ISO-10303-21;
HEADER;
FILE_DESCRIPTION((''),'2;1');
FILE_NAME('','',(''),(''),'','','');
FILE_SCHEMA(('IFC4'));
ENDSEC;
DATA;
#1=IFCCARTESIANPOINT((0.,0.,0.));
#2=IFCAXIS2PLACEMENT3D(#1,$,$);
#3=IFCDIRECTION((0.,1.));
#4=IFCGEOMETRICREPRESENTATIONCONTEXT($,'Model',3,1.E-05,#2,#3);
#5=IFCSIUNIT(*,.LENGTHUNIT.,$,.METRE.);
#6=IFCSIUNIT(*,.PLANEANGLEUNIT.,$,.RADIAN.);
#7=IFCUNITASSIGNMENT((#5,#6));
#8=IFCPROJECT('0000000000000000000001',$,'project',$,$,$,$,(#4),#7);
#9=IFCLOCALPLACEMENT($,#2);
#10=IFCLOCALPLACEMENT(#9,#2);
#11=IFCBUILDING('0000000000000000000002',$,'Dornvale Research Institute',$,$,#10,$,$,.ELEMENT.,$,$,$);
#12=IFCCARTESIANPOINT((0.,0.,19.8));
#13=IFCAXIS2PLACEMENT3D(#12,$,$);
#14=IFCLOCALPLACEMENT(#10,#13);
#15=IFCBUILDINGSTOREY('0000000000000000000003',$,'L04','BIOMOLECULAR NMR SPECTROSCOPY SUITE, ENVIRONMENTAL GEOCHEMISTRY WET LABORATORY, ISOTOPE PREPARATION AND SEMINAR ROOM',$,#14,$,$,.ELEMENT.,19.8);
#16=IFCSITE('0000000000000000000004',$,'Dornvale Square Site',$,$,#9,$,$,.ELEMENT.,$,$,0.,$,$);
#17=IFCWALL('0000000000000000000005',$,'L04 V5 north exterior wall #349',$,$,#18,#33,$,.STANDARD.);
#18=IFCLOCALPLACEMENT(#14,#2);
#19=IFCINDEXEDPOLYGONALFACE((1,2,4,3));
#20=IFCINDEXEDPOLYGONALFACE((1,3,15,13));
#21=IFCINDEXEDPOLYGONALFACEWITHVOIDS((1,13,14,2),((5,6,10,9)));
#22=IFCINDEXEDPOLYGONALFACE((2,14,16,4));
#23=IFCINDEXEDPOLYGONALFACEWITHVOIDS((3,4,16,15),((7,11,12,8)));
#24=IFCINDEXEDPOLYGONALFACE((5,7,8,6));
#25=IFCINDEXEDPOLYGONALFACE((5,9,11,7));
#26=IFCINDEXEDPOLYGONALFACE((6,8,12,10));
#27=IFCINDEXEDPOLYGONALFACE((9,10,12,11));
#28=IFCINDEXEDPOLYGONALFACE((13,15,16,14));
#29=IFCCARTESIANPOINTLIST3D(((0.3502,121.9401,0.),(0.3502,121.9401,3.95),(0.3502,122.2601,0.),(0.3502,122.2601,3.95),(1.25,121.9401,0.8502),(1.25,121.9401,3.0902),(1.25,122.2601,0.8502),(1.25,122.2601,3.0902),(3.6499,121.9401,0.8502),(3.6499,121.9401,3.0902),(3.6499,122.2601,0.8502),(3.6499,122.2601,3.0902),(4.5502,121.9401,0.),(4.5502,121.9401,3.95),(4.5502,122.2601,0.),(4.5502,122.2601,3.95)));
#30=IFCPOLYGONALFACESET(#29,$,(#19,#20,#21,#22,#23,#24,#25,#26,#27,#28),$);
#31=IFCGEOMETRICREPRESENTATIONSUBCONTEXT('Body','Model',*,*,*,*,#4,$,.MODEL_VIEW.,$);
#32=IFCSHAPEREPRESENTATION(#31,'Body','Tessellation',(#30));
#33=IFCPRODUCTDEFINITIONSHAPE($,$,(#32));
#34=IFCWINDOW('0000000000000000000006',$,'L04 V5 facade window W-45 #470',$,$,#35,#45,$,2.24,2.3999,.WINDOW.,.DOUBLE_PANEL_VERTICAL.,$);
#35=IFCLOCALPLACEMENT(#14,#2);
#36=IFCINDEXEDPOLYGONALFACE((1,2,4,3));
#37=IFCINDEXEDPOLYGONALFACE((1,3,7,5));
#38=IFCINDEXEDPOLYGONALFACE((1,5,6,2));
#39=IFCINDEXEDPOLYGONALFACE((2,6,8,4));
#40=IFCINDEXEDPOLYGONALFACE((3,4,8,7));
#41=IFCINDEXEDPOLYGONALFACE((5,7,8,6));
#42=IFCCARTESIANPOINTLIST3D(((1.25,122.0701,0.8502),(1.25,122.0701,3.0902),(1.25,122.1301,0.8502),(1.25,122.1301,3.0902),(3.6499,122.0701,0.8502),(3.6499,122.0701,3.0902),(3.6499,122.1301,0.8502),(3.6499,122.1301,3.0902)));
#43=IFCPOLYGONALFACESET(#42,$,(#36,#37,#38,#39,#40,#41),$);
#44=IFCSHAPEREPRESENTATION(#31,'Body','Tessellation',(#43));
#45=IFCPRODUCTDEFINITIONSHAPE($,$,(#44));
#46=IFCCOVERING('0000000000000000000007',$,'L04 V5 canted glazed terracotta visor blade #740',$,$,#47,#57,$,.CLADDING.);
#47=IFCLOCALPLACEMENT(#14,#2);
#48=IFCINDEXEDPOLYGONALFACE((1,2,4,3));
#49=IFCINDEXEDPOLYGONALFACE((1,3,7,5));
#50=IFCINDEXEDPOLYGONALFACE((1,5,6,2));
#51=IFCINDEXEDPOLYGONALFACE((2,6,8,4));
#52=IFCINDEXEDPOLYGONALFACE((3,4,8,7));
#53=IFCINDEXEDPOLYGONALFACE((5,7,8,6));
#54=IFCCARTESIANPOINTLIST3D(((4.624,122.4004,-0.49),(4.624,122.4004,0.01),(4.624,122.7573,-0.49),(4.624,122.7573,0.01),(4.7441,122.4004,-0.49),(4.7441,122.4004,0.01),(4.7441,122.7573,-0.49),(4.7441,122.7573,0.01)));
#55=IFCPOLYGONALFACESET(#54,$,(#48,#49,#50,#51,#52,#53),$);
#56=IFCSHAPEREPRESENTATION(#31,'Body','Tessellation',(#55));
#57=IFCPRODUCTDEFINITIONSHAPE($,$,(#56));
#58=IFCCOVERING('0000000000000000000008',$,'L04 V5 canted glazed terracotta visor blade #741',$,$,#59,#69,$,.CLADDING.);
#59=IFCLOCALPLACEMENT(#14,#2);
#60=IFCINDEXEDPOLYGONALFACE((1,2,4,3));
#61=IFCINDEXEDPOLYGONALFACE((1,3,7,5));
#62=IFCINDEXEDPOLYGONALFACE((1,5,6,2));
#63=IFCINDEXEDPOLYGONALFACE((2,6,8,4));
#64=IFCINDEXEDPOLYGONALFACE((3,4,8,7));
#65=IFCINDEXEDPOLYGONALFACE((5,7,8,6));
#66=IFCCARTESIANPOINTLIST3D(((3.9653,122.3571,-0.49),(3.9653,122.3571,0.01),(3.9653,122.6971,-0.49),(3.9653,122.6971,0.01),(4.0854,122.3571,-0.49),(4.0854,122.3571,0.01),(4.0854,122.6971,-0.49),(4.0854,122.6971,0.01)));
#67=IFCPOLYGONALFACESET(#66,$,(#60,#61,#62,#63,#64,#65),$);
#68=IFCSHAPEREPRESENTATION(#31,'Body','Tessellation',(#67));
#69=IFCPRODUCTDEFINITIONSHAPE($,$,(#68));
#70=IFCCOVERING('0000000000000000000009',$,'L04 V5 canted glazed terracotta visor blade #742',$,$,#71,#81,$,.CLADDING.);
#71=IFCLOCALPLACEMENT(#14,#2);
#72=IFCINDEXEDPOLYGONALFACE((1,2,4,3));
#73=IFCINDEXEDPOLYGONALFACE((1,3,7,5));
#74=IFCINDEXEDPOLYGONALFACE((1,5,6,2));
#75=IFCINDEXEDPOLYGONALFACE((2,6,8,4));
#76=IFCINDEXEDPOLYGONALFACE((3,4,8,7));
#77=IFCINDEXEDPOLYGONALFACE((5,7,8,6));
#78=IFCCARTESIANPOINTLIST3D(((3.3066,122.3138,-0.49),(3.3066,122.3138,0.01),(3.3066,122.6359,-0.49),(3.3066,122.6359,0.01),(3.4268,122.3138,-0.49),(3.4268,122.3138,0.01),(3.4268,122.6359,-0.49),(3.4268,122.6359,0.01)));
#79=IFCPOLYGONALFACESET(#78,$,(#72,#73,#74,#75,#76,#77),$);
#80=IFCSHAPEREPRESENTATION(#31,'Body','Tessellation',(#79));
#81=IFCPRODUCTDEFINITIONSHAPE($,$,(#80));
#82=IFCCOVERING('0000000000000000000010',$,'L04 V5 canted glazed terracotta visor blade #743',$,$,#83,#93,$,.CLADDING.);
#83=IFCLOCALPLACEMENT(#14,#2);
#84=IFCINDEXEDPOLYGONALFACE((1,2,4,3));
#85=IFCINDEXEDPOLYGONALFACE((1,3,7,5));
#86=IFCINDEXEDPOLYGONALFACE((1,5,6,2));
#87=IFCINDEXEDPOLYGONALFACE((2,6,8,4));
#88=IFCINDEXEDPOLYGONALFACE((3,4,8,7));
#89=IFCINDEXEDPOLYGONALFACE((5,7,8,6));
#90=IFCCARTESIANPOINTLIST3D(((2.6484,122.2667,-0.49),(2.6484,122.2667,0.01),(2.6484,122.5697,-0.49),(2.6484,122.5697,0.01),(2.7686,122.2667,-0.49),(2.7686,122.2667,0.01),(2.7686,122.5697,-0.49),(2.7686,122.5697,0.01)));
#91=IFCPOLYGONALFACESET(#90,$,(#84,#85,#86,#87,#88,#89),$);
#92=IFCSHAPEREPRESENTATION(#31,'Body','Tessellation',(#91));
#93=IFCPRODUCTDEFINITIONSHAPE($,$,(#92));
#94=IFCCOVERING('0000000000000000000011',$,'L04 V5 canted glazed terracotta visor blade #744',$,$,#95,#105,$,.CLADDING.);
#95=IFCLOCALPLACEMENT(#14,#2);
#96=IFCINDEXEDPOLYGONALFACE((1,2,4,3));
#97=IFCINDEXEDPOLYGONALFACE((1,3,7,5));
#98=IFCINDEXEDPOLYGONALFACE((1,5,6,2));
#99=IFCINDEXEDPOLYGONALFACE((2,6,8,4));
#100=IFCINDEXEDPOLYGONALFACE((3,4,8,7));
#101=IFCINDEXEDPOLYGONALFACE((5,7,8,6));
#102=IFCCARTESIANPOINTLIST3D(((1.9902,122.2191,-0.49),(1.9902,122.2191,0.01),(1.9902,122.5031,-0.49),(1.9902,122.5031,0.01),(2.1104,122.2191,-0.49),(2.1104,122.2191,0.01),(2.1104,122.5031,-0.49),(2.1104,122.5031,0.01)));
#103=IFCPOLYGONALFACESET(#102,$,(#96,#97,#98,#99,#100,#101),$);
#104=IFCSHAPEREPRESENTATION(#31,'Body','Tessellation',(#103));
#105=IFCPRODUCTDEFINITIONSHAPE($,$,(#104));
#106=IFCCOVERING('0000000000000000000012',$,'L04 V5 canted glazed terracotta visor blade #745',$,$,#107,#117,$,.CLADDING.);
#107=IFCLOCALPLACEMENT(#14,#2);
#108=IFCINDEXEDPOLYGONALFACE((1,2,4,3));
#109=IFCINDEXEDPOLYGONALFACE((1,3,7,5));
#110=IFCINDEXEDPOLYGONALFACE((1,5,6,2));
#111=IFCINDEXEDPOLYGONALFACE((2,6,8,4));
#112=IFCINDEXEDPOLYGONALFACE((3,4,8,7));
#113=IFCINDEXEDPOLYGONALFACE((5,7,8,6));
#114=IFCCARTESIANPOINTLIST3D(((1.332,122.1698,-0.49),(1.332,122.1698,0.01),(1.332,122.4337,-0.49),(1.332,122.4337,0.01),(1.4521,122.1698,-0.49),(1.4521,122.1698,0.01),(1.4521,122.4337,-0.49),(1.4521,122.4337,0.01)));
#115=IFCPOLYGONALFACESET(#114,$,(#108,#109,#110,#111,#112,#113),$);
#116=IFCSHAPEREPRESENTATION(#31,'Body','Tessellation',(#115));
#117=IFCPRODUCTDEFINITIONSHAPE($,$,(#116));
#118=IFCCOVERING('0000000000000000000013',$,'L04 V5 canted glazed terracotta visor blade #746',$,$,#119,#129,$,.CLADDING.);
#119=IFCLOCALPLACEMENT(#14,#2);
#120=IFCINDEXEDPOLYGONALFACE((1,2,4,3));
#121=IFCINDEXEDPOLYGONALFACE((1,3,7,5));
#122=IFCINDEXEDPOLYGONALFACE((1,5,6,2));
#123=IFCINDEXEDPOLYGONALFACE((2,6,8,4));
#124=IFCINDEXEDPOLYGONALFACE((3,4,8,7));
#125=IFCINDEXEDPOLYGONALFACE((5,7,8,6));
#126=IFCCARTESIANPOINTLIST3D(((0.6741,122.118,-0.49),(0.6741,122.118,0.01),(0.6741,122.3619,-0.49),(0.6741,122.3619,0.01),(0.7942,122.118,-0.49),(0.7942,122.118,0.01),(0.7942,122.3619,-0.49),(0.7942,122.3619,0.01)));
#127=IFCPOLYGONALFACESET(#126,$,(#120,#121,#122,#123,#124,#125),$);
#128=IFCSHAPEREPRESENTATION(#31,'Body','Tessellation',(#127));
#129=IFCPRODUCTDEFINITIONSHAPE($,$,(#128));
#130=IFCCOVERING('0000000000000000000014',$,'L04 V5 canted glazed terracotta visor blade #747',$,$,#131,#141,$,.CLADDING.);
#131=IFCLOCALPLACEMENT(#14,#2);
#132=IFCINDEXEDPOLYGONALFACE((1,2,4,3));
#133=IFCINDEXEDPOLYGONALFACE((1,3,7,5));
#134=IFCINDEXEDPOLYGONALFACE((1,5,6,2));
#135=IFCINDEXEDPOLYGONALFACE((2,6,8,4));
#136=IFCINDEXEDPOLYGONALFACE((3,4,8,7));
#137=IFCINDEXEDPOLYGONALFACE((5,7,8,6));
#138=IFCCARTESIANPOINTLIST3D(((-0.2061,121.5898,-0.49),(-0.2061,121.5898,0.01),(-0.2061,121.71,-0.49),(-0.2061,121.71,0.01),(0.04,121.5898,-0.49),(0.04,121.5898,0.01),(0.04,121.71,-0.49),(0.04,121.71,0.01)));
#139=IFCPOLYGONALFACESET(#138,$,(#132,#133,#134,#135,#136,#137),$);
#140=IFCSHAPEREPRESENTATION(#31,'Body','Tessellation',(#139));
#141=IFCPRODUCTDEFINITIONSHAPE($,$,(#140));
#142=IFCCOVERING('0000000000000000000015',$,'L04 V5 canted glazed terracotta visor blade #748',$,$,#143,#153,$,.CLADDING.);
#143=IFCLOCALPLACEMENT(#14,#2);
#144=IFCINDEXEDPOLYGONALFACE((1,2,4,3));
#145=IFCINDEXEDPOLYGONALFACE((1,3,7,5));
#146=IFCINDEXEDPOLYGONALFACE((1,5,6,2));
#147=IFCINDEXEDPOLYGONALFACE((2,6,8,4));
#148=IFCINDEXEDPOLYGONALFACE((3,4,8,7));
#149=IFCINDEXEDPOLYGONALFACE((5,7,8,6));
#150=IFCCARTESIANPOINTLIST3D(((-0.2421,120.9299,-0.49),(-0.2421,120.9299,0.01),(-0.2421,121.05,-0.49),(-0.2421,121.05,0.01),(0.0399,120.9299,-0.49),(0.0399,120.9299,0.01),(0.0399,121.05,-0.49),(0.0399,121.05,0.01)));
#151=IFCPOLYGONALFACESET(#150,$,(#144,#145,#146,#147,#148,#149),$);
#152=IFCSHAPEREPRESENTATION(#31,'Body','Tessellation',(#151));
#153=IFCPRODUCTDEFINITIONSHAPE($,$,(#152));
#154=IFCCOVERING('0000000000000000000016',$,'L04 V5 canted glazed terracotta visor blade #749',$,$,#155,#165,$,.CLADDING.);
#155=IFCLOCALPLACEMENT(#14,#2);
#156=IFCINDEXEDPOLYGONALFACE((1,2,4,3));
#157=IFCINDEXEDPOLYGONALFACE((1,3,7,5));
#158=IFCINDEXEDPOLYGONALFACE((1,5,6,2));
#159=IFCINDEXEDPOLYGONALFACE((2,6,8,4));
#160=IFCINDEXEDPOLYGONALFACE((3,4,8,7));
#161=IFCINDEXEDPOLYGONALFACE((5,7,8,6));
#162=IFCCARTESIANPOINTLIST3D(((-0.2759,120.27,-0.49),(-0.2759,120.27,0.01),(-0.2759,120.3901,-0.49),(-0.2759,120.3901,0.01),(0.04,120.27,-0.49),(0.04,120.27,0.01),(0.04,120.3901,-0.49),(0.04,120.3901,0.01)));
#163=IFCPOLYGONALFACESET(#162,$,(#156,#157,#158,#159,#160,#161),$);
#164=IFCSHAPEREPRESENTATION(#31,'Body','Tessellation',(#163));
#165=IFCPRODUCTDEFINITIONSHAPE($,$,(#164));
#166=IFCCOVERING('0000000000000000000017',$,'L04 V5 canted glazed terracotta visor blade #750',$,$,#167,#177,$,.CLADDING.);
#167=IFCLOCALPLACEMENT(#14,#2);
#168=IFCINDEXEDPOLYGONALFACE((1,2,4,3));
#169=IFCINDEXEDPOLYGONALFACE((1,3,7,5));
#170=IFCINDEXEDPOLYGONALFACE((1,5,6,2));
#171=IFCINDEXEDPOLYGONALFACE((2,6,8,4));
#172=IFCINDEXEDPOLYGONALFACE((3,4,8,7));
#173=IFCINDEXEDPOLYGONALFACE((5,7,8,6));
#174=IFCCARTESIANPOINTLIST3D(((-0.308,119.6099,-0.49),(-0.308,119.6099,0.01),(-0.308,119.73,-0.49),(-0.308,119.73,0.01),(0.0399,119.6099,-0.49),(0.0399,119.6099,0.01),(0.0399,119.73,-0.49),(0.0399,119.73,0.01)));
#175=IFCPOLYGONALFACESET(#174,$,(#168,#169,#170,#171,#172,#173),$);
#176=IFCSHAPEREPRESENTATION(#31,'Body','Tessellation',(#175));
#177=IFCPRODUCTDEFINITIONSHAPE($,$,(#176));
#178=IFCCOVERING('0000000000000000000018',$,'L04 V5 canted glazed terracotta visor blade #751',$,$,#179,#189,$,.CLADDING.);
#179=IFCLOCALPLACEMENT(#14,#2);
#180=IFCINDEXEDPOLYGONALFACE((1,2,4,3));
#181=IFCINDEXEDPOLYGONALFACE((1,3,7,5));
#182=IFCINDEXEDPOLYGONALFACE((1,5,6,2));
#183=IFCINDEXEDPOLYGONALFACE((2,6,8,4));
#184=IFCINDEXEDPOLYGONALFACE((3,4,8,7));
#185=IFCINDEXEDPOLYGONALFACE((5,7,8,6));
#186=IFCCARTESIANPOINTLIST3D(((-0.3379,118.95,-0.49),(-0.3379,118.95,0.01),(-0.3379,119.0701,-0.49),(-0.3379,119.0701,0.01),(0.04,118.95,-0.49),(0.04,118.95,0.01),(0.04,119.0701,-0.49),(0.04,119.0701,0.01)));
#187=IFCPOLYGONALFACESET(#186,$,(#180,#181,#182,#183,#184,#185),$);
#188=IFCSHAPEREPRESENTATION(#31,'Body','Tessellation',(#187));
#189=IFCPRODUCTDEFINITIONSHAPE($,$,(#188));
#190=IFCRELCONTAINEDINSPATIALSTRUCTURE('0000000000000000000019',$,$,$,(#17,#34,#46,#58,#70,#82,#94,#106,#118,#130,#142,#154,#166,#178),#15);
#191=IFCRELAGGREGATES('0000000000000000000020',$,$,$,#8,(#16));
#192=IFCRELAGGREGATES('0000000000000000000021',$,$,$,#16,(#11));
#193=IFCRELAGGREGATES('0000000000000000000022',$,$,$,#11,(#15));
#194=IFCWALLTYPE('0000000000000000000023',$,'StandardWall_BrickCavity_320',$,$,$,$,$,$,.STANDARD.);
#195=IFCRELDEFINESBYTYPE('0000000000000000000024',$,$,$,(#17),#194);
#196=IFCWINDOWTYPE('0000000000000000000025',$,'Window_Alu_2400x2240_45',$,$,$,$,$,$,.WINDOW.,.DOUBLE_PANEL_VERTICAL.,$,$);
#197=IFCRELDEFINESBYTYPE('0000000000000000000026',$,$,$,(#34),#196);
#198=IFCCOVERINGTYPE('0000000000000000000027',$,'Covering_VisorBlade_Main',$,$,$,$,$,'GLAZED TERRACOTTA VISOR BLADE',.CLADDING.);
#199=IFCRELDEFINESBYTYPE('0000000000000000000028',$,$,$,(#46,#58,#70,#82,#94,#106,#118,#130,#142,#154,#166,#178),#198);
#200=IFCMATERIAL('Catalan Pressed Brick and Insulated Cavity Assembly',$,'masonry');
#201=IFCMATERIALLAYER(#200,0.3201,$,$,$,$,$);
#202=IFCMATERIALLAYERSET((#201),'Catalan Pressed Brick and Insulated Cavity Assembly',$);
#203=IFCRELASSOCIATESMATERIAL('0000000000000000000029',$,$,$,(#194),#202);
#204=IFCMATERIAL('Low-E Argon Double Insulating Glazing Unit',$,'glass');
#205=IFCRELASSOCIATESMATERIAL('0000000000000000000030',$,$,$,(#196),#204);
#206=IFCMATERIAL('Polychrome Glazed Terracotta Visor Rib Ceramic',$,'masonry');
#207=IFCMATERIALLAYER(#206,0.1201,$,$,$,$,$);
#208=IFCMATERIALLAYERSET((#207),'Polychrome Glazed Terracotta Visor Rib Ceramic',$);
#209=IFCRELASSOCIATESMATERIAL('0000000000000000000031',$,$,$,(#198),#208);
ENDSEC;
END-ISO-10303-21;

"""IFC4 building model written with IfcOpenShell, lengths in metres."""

from ifc_helpers import new_model, si_unit, direction, frame, frame_2d, origin, origin_2d, place, context, subcontext, project, spatial, rectangle, extrude, material, layer, layer_set, type_object, element, fill, save


model = new_model("IFC4")

# Units and contexts
model_context = context("Model", 3, precision=1e-05, world=origin(), true_north=direction((0.0, 1.0)))
body_context = subcontext(model_context, "Body", "Model", "MODEL_VIEW")
ifc_project = project(units=[si_unit("LENGTHUNIT", "METRE"), si_unit("PLANEANGLEUNIT", "RADIAN")], contexts=[model_context])

# Site, building, storey
site_placement = place(None, origin())
site = spatial("IfcSite", under=ifc_project, at=site_placement, Name="Dornvale Square Site", CompositionType="ELEMENT", RefElevation=0.0)
building_placement = place(site_placement, origin())
building = spatial("IfcBuilding", under=site, at=building_placement, Name="Dornvale Research Institute", CompositionType="ELEMENT")
storey_placement = place(building_placement, frame((0.0, 0.0, 19.8)))
storey = spatial("IfcBuildingStorey", under=building, at=storey_placement, Name="L04", Description="BIOMOLECULAR NMR SPECTROSCOPY SUITE, ENVIRONMENTAL GEOCHEMISTRY WET LABORATORY, ISOTOPE PREPARATION AND SEMINAR ROOM", CompositionType="ELEMENT", Elevation=19.8)

# Wall, opening, window
ifc_material_1 = material(Name="Catalan Pressed Brick and Insulated Cavity Assembly", Category="masonry")
ifc_layer_1 = layer(ifc_material_1, 0.3201)
ifc_layer_set_1 = layer_set([ifc_layer_1], Name="Catalan Pressed Brick and Insulated Cavity Assembly")
wall_type_1 = type_object("IfcWallType", Name="StandardWall_BrickCavity_320", PredefinedType="STANDARD", material=ifc_layer_set_1)
wall_1_placement = place(storey_placement, frame((0.3501, 122.1001, 0.0), z_axis=(0.0, 0.0, 1.0), x_axis=(1.0, 0.0, 0.0)))
wall_1 = element("IfcWall", 1, at=wall_1_placement, inside=storey, type_object=wall_type_1, Name="L04 V5 north exterior wall #349", PredefinedType="STANDARD", context=body_context, shape_type="SweptSolid", body=[
    extrude(rectangle(XDim=4.2, YDim=0.3201, at=frame_2d((2.1001, 0.0))), origin(), (0.0, 0.0, 1.0), 3.95),
])
opening_1_placement = place(wall_1_placement, frame((0.8999, 0.0, 0.8501)))
opening_1 = element("IfcOpeningElement", 2, at=opening_1_placement, cuts=wall_1, PredefinedType="OPENING", context=body_context, shape_type="SweptSolid", body=[
    extrude(rectangle(XDim=2.3999, YDim=2.24, at=frame_2d((1.2, 1.1201))), frame((0.0, 0.175, 0.0), z_axis=(0.0, -1.0, 0.0), x_axis=(1.0, 0.0, 0.0)), (0.0, 0.0, 1.0), 0.3501),
])
ifc_material_2 = material(Name="Low-E Argon Double Insulating Glazing Unit", Category="glass")
window_type_1 = type_object("IfcWindowType", Name="Window_Alu_2400x2240_45", PartitioningType="DOUBLE_PANEL_VERTICAL", PredefinedType="WINDOW", material=ifc_material_2)
window_1_placement = place(opening_1_placement, origin())
window_1 = element("IfcWindow", 3, at=window_1_placement, inside=storey, type_object=window_type_1, Name="L04 V5 facade window W-45 #470", OverallHeight=2.24, OverallWidth=2.3999, PartitioningType="DOUBLE_PANEL_VERTICAL", PredefinedType="WINDOW", context=body_context, shape_type="SweptSolid", body=[
    extrude(rectangle(XDim=2.3999, YDim=2.24, at=frame_2d((1.2, 1.1201))), frame((0.0, 0.03, 0.0), z_axis=(0.0, -1.0, 0.0), x_axis=(1.0, 0.0, 0.0)), (0.0, 0.0, 1.0), 0.0601),
])
fill(opening_1, window_1)

# Coverings
ifc_material_3 = material(Name="Polychrome Glazed Terracotta Visor Rib Ceramic", Category="masonry")
ifc_layer_2 = layer(ifc_material_3, 0.1201)
ifc_layer_set_2 = layer_set([ifc_layer_2], Name="Polychrome Glazed Terracotta Visor Rib Ceramic")
covering_type = type_object("IfcCoveringType", Name="Covering_VisorBlade_Main", ElementType="GLAZED TERRACOTTA VISOR BLADE", PredefinedType="CLADDING", material=ifc_layer_set_2)
covering_1_placement = place(storey_placement, frame((4.6841, 122.5789, -0.49), z_axis=(0.0, 0.0, 1.0), x_axis=(0.0, 1.0, 0.0)))
element("IfcCovering", 4, at=covering_1_placement, inside=storey, type_object=covering_type, Name="L04 V5 canted glazed terracotta visor blade #740", PredefinedType="CLADDING", context=body_context, shape_type="SweptSolid", body=[
    extrude(rectangle(XDim=0.3569, YDim=0.1201, at=origin_2d()), origin(), (0.0, 0.0, 1.0), 0.5),
])
covering_2_placement = place(storey_placement, frame((4.0254, 122.5271, -0.49), z_axis=(0.0, 0.0, 1.0), x_axis=(0.0, 1.0, 0.0)))
element("IfcCovering", 5, at=covering_2_placement, inside=storey, type_object=covering_type, Name="L04 V5 canted glazed terracotta visor blade #741", PredefinedType="CLADDING", context=body_context, shape_type="SweptSolid", body=[
    extrude(rectangle(XDim=0.3401, YDim=0.1201, at=origin_2d()), origin(), (0.0, 0.0, 1.0), 0.5),
])
covering_3_placement = place(storey_placement, frame((3.3667, 122.4749, -0.49), z_axis=(0.0, 0.0, 1.0), x_axis=(0.0, 1.0, 0.0)))
element("IfcCovering", 6, at=covering_3_placement, inside=storey, type_object=covering_type, Name="L04 V5 canted glazed terracotta visor blade #742", PredefinedType="CLADDING", context=body_context, shape_type="SweptSolid", body=[
    extrude(rectangle(XDim=0.322, YDim=0.1201, at=origin_2d()), origin(), (0.0, 0.0, 1.0), 0.5),
])
covering_4_placement = place(storey_placement, frame((2.7085, 122.4182, -0.49), z_axis=(0.0, 0.0, 1.0), x_axis=(0.0, 1.0, 0.0)))
element("IfcCovering", 7, at=covering_4_placement, inside=storey, type_object=covering_type, Name="L04 V5 canted glazed terracotta visor blade #743", PredefinedType="CLADDING", context=body_context, shape_type="SweptSolid", body=[
    extrude(rectangle(XDim=0.303, YDim=0.1201, at=origin_2d()), origin(), (0.0, 0.0, 1.0), 0.5),
])
covering_5_placement = place(storey_placement, frame((2.0503, 122.3611, -0.49), z_axis=(0.0, 0.0, 1.0), x_axis=(0.0, 1.0, 0.0)))
element("IfcCovering", 8, at=covering_5_placement, inside=storey, type_object=covering_type, Name="L04 V5 canted glazed terracotta visor blade #744", PredefinedType="CLADDING", context=body_context, shape_type="SweptSolid", body=[
    extrude(rectangle(XDim=0.2839, YDim=0.1201, at=origin_2d()), origin(), (0.0, 0.0, 1.0), 0.5),
])
covering_6_placement = place(storey_placement, frame((1.3921, 122.3018, -0.49), z_axis=(0.0, 0.0, 1.0), x_axis=(0.0, 1.0, 0.0)))
element("IfcCovering", 9, at=covering_6_placement, inside=storey, type_object=covering_type, Name="L04 V5 canted glazed terracotta visor blade #745", PredefinedType="CLADDING", context=body_context, shape_type="SweptSolid", body=[
    extrude(rectangle(XDim=0.2639, YDim=0.1201, at=origin_2d()), origin(), (0.0, 0.0, 1.0), 0.5),
])
covering_7_placement = place(storey_placement, frame((0.7341, 122.24, -0.49), z_axis=(0.0, 0.0, 1.0), x_axis=(0.0, 1.0, 0.0)))
element("IfcCovering", 10, at=covering_7_placement, inside=storey, type_object=covering_type, Name="L04 V5 canted glazed terracotta visor blade #746", PredefinedType="CLADDING", context=body_context, shape_type="SweptSolid", body=[
    extrude(rectangle(XDim=0.2439, YDim=0.1201, at=origin_2d()), origin(), (0.0, 0.0, 1.0), 0.5),
])
covering_8_placement = place(storey_placement, frame((-0.083, 121.6499, -0.49), z_axis=(0.0, 0.0, 1.0), x_axis=(1.0, 0.0, 0.0)))
element("IfcCovering", 11, at=covering_8_placement, inside=storey, type_object=covering_type, Name="L04 V5 canted glazed terracotta visor blade #747", PredefinedType="CLADDING", context=body_context, shape_type="SweptSolid", body=[
    extrude(rectangle(XDim=0.2461, YDim=0.1201, at=origin_2d()), origin(), (0.0, 0.0, 1.0), 0.5),
])
covering_9_placement = place(storey_placement, frame((-0.1011, 120.99, -0.49), z_axis=(0.0, 0.0, 1.0), x_axis=(1.0, 0.0, 0.0)))
element("IfcCovering", 12, at=covering_9_placement, inside=storey, type_object=covering_type, Name="L04 V5 canted glazed terracotta visor blade #748", PredefinedType="CLADDING", context=body_context, shape_type="SweptSolid", body=[
    extrude(rectangle(XDim=0.282, YDim=0.1201, at=origin_2d()), origin(), (0.0, 0.0, 1.0), 0.5),
])
covering_10_placement = place(storey_placement, frame((-0.1179, 120.3301, -0.49), z_axis=(0.0, 0.0, 1.0), x_axis=(1.0, 0.0, 0.0)))
element("IfcCovering", 13, at=covering_10_placement, inside=storey, type_object=covering_type, Name="L04 V5 canted glazed terracotta visor blade #749", PredefinedType="CLADDING", context=body_context, shape_type="SweptSolid", body=[
    extrude(rectangle(XDim=0.3159, YDim=0.1201, at=origin_2d()), origin(), (0.0, 0.0, 1.0), 0.5),
])
covering_11_placement = place(storey_placement, frame((-0.134, 119.6699, -0.49), z_axis=(0.0, 0.0, 1.0), x_axis=(1.0, 0.0, 0.0)))
element("IfcCovering", 14, at=covering_11_placement, inside=storey, type_object=covering_type, Name="L04 V5 canted glazed terracotta visor blade #750", PredefinedType="CLADDING", context=body_context, shape_type="SweptSolid", body=[
    extrude(rectangle(XDim=0.3479, YDim=0.1201, at=origin_2d()), origin(), (0.0, 0.0, 1.0), 0.5),
])
covering_12_placement = place(storey_placement, frame((-0.1489, 119.01, -0.49), z_axis=(0.0, 0.0, 1.0), x_axis=(1.0, 0.0, 0.0)))
element("IfcCovering", 15, at=covering_12_placement, inside=storey, type_object=covering_type, Name="L04 V5 canted glazed terracotta visor blade #751", PredefinedType="CLADDING", context=body_context, shape_type="SweptSolid", body=[
    extrude(rectangle(XDim=0.3779, YDim=0.1201, at=origin_2d()), origin(), (0.0, 0.0, 1.0), 0.5),
])

save(model, "model.ifc")
